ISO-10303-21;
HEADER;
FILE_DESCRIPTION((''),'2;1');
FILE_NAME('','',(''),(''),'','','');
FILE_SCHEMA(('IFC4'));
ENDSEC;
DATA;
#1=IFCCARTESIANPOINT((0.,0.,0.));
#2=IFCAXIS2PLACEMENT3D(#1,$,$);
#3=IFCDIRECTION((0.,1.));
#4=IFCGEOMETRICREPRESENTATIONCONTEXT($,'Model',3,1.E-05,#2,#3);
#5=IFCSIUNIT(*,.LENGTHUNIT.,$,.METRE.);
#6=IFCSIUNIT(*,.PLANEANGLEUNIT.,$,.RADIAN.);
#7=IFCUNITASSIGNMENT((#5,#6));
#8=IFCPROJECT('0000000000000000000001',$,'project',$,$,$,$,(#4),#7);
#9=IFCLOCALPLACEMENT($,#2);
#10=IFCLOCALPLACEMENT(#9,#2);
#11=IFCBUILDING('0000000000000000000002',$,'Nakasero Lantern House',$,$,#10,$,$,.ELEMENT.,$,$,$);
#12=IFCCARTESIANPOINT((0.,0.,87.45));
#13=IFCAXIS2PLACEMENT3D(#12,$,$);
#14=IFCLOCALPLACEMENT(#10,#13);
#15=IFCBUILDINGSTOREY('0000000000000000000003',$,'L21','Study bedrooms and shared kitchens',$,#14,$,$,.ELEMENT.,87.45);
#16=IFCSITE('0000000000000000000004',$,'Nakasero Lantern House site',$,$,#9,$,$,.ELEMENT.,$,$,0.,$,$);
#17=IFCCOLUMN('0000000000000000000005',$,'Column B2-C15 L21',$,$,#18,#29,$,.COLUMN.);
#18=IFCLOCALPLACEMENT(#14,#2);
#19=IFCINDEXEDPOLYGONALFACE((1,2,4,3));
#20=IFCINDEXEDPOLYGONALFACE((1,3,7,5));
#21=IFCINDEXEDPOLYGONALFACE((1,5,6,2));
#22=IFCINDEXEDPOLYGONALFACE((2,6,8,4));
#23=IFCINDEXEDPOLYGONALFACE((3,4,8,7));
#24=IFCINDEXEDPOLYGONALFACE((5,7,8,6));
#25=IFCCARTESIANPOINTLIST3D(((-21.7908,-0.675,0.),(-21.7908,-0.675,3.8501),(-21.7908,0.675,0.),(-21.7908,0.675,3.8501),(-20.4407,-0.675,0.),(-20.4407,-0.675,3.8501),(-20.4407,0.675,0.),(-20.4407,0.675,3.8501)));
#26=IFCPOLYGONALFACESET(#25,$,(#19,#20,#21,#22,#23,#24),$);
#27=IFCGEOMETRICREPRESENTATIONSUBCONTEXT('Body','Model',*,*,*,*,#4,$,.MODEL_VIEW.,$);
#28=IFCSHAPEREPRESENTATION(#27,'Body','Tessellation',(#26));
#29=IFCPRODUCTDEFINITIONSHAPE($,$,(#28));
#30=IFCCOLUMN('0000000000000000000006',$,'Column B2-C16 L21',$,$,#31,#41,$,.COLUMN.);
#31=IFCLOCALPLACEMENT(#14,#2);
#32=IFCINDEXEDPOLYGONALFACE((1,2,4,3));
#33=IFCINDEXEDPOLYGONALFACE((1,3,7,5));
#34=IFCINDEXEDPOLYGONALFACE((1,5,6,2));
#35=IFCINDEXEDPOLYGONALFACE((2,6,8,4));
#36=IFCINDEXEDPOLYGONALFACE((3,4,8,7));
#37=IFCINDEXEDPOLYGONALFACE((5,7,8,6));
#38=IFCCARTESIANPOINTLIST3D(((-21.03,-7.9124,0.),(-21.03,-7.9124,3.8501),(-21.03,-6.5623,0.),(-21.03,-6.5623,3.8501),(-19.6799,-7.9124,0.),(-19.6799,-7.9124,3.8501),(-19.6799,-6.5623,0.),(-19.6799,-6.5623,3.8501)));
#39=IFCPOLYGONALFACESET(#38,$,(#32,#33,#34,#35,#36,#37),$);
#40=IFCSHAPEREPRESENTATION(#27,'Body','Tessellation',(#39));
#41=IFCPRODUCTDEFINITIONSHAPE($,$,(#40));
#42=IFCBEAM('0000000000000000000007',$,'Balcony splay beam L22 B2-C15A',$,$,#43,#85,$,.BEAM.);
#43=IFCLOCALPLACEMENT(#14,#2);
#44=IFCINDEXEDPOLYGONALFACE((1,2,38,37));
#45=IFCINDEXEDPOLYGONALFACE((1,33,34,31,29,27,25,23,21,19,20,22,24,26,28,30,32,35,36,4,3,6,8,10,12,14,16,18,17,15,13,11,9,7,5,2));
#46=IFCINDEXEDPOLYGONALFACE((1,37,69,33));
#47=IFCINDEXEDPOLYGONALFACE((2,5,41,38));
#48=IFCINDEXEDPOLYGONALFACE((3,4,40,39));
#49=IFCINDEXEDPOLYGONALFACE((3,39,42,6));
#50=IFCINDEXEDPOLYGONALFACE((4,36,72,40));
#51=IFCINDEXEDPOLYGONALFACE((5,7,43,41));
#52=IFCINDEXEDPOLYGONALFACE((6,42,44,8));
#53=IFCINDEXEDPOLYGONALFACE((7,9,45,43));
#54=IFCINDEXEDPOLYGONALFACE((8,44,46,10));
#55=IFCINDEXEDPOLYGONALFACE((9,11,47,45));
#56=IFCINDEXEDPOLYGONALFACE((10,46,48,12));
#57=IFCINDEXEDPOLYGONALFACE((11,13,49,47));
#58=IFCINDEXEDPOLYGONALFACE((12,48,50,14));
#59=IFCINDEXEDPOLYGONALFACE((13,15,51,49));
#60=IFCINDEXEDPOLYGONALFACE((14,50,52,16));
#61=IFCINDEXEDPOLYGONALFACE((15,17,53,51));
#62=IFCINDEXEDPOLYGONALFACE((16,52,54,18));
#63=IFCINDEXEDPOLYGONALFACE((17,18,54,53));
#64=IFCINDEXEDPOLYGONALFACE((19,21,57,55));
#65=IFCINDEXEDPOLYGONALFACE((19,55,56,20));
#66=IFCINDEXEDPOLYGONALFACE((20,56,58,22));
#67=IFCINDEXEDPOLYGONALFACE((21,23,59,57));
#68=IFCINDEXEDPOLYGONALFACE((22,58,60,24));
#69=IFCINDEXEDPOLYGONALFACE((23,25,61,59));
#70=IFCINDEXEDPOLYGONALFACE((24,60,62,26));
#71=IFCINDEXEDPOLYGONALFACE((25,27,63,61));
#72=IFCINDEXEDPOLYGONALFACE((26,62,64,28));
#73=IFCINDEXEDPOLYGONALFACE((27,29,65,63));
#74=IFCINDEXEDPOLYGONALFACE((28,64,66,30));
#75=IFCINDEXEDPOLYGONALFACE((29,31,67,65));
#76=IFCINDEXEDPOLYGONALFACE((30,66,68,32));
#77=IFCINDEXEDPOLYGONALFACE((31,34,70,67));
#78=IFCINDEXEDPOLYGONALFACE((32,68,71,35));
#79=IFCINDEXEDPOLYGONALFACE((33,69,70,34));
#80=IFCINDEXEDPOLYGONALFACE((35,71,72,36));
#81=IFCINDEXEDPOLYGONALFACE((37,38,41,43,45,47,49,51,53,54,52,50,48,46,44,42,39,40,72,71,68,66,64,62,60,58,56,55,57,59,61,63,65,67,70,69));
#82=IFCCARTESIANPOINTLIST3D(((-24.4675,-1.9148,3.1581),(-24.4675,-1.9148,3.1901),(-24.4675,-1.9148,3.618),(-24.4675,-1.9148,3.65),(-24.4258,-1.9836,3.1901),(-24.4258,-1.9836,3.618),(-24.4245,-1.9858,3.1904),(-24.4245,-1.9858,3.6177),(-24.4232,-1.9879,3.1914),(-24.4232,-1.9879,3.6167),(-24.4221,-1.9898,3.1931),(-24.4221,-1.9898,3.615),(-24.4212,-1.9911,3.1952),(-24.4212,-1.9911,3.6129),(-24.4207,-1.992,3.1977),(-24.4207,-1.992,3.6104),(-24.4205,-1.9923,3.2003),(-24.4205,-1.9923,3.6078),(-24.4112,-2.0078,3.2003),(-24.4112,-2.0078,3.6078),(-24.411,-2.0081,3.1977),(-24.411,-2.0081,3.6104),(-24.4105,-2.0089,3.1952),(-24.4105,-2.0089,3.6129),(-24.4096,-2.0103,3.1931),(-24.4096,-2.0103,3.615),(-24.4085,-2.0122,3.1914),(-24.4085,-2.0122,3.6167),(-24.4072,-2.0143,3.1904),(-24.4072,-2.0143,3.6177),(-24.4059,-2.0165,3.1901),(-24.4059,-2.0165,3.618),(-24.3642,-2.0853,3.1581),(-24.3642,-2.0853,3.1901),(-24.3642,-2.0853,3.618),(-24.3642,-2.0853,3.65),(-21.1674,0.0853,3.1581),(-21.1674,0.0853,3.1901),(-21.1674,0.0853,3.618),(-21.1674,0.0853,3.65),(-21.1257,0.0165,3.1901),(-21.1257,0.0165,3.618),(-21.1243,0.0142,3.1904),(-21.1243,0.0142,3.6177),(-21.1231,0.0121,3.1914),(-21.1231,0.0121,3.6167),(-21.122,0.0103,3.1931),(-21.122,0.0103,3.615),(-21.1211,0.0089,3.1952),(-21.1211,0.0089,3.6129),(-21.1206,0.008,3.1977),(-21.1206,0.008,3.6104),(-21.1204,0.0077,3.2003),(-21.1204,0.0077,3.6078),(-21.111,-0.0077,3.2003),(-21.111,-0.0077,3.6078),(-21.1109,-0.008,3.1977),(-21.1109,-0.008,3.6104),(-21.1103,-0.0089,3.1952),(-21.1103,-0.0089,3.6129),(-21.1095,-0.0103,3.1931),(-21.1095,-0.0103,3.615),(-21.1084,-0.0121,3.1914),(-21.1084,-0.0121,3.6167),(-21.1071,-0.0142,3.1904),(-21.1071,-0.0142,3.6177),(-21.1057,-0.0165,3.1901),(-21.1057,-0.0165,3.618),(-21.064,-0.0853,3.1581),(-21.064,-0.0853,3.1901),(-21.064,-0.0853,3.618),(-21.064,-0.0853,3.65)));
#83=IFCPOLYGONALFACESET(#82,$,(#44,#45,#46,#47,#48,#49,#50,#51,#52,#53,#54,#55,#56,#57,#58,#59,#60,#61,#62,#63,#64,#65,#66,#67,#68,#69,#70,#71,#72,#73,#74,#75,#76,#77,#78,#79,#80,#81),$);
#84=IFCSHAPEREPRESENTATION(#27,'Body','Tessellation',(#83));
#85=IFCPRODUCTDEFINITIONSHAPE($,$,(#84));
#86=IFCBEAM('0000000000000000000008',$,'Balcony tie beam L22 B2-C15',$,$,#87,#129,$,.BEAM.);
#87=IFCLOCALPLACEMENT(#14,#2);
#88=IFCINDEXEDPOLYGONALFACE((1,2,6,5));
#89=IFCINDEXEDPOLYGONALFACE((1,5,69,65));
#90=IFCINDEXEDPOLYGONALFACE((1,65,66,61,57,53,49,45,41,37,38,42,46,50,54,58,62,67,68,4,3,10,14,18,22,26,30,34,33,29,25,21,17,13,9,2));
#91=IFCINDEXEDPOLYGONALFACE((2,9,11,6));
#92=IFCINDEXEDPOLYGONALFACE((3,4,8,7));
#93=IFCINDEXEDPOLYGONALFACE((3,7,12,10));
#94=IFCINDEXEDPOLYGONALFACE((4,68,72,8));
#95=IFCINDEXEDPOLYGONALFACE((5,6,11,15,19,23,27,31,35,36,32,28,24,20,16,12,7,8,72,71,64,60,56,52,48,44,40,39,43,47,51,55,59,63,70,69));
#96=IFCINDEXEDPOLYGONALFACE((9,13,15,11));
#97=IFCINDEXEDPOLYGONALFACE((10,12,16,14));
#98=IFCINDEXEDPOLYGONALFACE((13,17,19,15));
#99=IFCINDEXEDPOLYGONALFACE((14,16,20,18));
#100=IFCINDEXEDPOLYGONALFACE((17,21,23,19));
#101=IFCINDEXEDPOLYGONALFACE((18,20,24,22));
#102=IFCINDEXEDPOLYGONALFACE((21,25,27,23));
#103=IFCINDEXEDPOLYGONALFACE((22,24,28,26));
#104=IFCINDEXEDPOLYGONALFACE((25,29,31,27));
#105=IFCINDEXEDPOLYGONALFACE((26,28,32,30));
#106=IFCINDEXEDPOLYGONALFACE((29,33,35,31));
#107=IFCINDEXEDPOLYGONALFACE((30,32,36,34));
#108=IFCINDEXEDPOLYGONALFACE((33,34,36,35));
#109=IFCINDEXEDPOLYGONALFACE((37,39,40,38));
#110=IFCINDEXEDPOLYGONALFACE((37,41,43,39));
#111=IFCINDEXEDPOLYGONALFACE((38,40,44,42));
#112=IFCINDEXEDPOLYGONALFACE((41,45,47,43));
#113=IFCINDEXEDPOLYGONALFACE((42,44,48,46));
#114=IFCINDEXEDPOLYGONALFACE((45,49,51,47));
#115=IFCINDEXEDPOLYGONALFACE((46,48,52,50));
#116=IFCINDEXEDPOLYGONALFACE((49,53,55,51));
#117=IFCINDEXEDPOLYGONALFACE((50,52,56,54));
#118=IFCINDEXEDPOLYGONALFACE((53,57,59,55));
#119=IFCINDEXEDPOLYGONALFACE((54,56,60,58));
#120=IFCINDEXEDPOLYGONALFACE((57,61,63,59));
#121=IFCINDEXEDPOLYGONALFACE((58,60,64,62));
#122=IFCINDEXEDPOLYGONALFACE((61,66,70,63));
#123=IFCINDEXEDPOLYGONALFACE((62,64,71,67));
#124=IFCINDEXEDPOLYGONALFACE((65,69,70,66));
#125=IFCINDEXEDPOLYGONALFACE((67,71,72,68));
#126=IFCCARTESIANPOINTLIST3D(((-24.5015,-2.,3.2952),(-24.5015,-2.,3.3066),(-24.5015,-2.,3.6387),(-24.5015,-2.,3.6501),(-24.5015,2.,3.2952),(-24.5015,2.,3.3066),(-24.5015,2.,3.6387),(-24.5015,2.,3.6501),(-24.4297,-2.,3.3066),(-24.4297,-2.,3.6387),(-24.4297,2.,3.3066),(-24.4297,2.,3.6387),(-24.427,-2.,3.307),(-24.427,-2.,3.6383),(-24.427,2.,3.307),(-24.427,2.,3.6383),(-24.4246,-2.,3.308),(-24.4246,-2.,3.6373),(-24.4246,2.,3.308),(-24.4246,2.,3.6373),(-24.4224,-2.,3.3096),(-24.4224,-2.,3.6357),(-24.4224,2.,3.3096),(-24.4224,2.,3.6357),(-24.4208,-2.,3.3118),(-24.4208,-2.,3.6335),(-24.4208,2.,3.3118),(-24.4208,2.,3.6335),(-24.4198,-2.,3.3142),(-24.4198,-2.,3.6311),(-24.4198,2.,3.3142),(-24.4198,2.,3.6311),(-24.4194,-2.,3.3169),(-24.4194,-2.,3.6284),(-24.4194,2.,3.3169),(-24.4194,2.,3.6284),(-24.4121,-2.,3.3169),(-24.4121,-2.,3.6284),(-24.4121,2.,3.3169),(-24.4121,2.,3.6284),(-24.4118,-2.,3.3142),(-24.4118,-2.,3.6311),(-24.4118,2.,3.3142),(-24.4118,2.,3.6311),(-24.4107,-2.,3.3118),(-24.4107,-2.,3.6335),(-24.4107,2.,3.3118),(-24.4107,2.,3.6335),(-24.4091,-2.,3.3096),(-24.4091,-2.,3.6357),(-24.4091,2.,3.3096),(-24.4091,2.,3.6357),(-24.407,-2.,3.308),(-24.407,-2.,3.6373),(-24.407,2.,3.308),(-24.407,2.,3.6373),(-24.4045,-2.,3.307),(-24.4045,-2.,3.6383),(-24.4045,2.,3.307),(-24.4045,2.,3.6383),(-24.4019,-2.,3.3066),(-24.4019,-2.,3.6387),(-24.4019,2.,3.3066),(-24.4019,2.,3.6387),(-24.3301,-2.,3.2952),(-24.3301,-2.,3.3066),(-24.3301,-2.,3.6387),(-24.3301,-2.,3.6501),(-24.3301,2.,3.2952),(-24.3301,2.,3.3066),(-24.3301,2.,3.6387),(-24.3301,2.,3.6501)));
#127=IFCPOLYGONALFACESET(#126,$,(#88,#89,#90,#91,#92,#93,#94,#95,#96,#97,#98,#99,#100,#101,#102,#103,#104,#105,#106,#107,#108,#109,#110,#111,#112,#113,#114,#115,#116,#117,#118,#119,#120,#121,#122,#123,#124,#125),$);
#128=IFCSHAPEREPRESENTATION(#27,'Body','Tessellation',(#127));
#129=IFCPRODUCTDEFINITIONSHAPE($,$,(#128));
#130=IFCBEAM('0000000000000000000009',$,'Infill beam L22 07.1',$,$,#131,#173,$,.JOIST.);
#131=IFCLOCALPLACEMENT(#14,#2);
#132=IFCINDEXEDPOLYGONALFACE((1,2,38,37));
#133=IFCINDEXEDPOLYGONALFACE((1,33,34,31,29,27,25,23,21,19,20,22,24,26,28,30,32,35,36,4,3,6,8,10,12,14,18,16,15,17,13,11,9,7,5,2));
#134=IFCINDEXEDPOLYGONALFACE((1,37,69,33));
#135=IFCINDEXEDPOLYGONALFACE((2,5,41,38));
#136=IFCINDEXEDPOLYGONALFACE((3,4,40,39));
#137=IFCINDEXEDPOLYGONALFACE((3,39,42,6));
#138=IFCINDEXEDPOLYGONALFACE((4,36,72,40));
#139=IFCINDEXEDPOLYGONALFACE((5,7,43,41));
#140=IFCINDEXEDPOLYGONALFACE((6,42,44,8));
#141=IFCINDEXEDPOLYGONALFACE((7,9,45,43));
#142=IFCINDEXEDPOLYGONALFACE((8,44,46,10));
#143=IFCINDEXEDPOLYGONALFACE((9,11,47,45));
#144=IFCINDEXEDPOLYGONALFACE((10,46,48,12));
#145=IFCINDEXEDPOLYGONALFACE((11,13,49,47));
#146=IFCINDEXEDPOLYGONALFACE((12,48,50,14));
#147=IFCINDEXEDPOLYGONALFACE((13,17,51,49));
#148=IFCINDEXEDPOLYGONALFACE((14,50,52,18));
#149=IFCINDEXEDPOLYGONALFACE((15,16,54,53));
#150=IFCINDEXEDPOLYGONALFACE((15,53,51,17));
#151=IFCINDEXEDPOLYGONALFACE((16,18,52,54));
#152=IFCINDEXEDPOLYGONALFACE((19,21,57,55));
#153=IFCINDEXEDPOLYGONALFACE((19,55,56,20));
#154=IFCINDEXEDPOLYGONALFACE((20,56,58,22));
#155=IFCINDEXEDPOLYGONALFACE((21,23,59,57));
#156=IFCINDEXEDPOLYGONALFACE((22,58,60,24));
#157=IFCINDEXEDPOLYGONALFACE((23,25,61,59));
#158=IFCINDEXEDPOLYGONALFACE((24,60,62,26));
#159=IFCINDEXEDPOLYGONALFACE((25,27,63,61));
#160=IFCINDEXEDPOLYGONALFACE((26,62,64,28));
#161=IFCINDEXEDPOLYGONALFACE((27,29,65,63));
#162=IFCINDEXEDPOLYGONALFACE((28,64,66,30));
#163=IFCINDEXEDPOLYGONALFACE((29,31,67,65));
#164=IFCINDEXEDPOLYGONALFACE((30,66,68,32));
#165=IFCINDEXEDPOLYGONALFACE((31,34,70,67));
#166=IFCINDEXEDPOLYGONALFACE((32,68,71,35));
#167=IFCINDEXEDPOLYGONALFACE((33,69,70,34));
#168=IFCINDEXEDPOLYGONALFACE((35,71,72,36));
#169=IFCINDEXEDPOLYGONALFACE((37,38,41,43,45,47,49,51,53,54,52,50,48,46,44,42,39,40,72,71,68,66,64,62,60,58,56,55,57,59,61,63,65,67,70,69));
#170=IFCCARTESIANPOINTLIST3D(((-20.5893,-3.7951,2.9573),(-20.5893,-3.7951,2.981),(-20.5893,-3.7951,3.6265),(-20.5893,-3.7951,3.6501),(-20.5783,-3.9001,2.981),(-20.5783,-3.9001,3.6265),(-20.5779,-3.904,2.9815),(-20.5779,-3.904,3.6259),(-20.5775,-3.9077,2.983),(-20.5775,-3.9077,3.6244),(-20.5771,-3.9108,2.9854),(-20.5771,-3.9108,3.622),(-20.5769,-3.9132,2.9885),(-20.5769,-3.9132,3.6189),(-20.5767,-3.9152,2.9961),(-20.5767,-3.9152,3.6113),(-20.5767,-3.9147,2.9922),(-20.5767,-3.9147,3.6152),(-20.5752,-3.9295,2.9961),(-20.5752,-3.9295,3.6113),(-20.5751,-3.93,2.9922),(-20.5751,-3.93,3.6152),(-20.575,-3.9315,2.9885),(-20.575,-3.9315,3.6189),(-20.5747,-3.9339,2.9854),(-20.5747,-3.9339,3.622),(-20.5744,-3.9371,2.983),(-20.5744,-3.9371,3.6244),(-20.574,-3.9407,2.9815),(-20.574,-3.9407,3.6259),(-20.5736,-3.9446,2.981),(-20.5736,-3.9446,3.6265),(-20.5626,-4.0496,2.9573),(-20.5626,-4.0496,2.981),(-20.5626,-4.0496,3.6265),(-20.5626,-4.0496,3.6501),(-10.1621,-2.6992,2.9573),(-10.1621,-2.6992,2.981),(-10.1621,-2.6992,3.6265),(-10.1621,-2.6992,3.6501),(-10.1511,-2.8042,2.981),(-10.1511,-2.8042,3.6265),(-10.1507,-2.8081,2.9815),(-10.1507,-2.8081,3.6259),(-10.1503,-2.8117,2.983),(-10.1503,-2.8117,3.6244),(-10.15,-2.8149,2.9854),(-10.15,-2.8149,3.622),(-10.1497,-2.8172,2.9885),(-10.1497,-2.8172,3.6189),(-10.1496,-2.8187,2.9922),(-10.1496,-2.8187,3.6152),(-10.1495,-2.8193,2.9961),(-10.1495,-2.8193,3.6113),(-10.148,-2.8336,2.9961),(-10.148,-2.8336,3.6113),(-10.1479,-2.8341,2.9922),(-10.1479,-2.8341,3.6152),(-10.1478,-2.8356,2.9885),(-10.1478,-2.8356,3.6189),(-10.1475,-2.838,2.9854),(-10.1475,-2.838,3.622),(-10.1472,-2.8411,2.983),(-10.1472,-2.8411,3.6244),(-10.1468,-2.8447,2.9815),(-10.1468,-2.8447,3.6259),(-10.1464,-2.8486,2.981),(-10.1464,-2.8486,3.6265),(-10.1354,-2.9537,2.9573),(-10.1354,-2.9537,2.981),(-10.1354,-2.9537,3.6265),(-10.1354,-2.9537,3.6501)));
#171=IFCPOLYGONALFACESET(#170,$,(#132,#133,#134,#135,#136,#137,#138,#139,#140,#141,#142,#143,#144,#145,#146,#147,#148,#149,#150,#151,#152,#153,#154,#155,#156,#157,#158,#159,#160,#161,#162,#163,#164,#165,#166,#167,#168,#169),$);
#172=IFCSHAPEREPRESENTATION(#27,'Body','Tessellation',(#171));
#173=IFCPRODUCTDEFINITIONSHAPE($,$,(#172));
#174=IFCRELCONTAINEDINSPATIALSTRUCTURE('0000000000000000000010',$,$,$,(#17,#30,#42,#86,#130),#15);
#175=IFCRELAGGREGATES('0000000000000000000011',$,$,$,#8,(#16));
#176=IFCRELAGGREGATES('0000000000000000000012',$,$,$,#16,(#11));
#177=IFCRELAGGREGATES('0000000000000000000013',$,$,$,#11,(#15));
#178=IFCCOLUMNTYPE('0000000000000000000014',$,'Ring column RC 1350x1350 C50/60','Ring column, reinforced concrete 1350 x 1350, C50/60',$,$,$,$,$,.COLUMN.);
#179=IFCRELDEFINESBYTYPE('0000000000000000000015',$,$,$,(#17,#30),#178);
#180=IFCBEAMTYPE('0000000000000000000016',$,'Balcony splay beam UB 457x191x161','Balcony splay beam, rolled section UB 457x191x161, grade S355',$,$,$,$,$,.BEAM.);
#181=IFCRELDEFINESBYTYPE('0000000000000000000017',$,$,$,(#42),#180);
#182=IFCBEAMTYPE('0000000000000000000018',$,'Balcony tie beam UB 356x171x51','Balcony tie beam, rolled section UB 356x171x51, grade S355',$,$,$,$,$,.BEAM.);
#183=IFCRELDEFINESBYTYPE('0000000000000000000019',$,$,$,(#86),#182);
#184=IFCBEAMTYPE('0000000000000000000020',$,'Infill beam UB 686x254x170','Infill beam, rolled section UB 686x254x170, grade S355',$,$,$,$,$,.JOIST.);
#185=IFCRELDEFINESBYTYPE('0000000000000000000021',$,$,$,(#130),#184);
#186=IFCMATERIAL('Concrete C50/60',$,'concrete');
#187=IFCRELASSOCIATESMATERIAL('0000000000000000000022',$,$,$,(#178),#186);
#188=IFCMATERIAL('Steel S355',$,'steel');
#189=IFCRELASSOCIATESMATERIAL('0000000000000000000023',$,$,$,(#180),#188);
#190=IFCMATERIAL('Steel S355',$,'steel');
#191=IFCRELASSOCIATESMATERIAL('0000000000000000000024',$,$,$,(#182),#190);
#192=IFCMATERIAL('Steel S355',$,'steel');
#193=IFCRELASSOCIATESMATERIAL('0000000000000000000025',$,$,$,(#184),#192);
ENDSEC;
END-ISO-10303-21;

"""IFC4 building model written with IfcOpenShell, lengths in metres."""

from ifc_helpers import new_model, si_unit, direction, frame, origin, origin_2d, place, context, subcontext, project, spatial, rectangle, i_section, extrude, material, material_profile, profile_set, type_object, element, save


model = new_model("IFC4")

# Units and contexts
model_context = context("Model", 3, precision=1e-05, world=origin(), true_north=direction((0.0, 1.0)))
body_context = subcontext(model_context, "Body", "Model", "MODEL_VIEW")
ifc_project = project(units=[si_unit("LENGTHUNIT", "METRE"), si_unit("PLANEANGLEUNIT", "RADIAN")], contexts=[model_context])

# Site, building, storey
site_placement = place(None, origin())
site = spatial("IfcSite", under=ifc_project, at=site_placement, Name="Nakasero Lantern House site", CompositionType="ELEMENT", RefElevation=0.0)
building_placement = place(site_placement, origin())
building = spatial("IfcBuilding", under=site, at=building_placement, Name="Nakasero Lantern House", CompositionType="ELEMENT")
storey_placement = place(building_placement, frame((0.0, 0.0, 87.45)))
storey = spatial("IfcBuildingStorey", under=building, at=storey_placement, Name="L21", Description="Study bedrooms and shared kitchens", CompositionType="ELEMENT", Elevation=87.45)

# Columns
ifc_material_1 = material(Name="Concrete C50/60", Category="concrete")
ifc_material_profile_1 = material_profile(ifc_material_1, rectangle(XDim=1.3501, YDim=1.3501, at=origin_2d()), Name="RC 1350x1350")
ifc_profile_set_1 = profile_set([ifc_material_profile_1], Name="Concrete C50/60")
column_type = type_object("IfcColumnType", Name="Ring column RC 1350x1350 C50/60", Description="Ring column, reinforced concrete 1350 x 1350, C50/60", PredefinedType="COLUMN", material=ifc_profile_set_1)
for number, where, z_axis, x_axis, name in (
    (1, (-21.1157, 0.0, 0.0), (0.0, 0.0, 1.0), (1.0, 0.0, 0.0), "Column B2-C15 L21"),
    (2, (-20.355, -7.2373, 0.0), (0.0, 0.0, 1.0), (1.0, 0.0, 0.0), "Column B2-C16 L21"),
):
    element("IfcColumn", number, at=place(storey_placement, frame(where, z_axis=z_axis, x_axis=x_axis)), inside=storey, type_object=column_type, Name=name, PredefinedType="COLUMN", context=body_context, shape_type="SweptSolid", body=[
        extrude(rectangle(XDim=1.3501, YDim=1.3501, at=origin_2d()), origin(), (0.0, 0.0, 1.0), 3.8501),
    ])

# Beams
ifc_material_2 = material(Name="Steel S355", Category="steel")
ifc_material_profile_2 = material_profile(ifc_material_2, i_section(OverallWidth=0.1995, OverallDepth=0.4919, WebThickness=0.0181, FlangeThickness=0.032, FilletRadius=0.0103, at=origin_2d()), Name="UB 457x191x161")
ifc_profile_set_2 = profile_set([ifc_material_profile_2], Name="Steel S355")
beam_type_1 = type_object("IfcBeamType", Name="Balcony splay beam UB 457x191x161", Description="Balcony splay beam, rolled section UB 457x191x161, grade S355", PredefinedType="BEAM", material=ifc_profile_set_2)
beam_1_placement = place(storey_placement, frame((-21.1157, 0.0, 3.4041), z_axis=(-0.855201, -0.518296, 0.0), x_axis=(0.518296, -0.855201, 0.0)))
element("IfcBeam", 3, at=beam_1_placement, inside=storey, type_object=beam_type_1, Name="Balcony splay beam L22 B2-C15A", PredefinedType="BEAM", context=body_context, shape_type="SweptSolid", body=[
    extrude(i_section(OverallWidth=0.1995, OverallDepth=0.4919, WebThickness=0.0181, FlangeThickness=0.032, FilletRadius=0.0103, at=origin_2d()), origin(), (0.0, 0.0, 1.0), 3.8589),
])
ifc_material_3 = material(Name="Steel S355", Category="steel")
ifc_material_profile_3 = material_profile(ifc_material_3, i_section(OverallWidth=0.1714, OverallDepth=0.355, WebThickness=0.0073, FlangeThickness=0.0115, FilletRadius=0.0103, at=origin_2d()), Name="UB 356x171x51")
ifc_profile_set_3 = profile_set([ifc_material_profile_3], Name="Steel S355")
beam_type_2 = type_object("IfcBeamType", Name="Balcony tie beam UB 356x171x51", Description="Balcony tie beam, rolled section UB 356x171x51, grade S355", PredefinedType="BEAM", material=ifc_profile_set_3)
beam_2_placement = place(storey_placement, frame((-24.4158, -2.0, 3.4727), z_axis=(0.0, 1.0, 0.0), x_axis=(-1.0, 0.0, 0.0)))
element("IfcBeam", 4, at=beam_2_placement, inside=storey, type_object=beam_type_2, Name="Balcony tie beam L22 B2-C15", PredefinedType="BEAM", context=body_context, shape_type="SweptSolid", body=[
    extrude(i_section(OverallWidth=0.1714, OverallDepth=0.355, WebThickness=0.0073, FlangeThickness=0.0115, FilletRadius=0.0103, at=origin_2d()), origin(), (0.0, 0.0, 1.0), 4.0),
])
ifc_material_4 = material(Name="Steel S355", Category="steel")
ifc_material_profile_4 = material_profile(ifc_material_4, i_section(OverallWidth=0.2559, OverallDepth=0.6929, WebThickness=0.0144, FlangeThickness=0.0237, FilletRadius=0.0151, at=origin_2d()), Name="UB 686x254x170")
ifc_profile_set_4 = profile_set([ifc_material_profile_4], Name="Steel S355")
beam_type_3 = type_object("IfcBeamType", Name="Infill beam UB 686x254x170", Description="Infill beam, rolled section UB 686x254x170, grade S355", PredefinedType="JOIST", material=ifc_profile_set_4)
beam_3_placement = place(storey_placement, frame((-20.5759, -3.9224, 3.3037), z_axis=(0.994522, 0.104528, 0.0), x_axis=(-0.104528, 0.994522, 0.0)))
element("IfcBeam", 5, at=beam_3_placement, inside=storey, type_object=beam_type_3, Name="Infill beam L22 07.1", PredefinedType="JOIST", context=body_context, shape_type="SweptSolid", body=[
    extrude(i_section(OverallWidth=0.2559, OverallDepth=0.6929, WebThickness=0.0144, FlangeThickness=0.0237, FilletRadius=0.0151, at=origin_2d()), origin(), (0.0, 0.0, 1.0), 10.4846),
])

save(model, "model.ifc")
